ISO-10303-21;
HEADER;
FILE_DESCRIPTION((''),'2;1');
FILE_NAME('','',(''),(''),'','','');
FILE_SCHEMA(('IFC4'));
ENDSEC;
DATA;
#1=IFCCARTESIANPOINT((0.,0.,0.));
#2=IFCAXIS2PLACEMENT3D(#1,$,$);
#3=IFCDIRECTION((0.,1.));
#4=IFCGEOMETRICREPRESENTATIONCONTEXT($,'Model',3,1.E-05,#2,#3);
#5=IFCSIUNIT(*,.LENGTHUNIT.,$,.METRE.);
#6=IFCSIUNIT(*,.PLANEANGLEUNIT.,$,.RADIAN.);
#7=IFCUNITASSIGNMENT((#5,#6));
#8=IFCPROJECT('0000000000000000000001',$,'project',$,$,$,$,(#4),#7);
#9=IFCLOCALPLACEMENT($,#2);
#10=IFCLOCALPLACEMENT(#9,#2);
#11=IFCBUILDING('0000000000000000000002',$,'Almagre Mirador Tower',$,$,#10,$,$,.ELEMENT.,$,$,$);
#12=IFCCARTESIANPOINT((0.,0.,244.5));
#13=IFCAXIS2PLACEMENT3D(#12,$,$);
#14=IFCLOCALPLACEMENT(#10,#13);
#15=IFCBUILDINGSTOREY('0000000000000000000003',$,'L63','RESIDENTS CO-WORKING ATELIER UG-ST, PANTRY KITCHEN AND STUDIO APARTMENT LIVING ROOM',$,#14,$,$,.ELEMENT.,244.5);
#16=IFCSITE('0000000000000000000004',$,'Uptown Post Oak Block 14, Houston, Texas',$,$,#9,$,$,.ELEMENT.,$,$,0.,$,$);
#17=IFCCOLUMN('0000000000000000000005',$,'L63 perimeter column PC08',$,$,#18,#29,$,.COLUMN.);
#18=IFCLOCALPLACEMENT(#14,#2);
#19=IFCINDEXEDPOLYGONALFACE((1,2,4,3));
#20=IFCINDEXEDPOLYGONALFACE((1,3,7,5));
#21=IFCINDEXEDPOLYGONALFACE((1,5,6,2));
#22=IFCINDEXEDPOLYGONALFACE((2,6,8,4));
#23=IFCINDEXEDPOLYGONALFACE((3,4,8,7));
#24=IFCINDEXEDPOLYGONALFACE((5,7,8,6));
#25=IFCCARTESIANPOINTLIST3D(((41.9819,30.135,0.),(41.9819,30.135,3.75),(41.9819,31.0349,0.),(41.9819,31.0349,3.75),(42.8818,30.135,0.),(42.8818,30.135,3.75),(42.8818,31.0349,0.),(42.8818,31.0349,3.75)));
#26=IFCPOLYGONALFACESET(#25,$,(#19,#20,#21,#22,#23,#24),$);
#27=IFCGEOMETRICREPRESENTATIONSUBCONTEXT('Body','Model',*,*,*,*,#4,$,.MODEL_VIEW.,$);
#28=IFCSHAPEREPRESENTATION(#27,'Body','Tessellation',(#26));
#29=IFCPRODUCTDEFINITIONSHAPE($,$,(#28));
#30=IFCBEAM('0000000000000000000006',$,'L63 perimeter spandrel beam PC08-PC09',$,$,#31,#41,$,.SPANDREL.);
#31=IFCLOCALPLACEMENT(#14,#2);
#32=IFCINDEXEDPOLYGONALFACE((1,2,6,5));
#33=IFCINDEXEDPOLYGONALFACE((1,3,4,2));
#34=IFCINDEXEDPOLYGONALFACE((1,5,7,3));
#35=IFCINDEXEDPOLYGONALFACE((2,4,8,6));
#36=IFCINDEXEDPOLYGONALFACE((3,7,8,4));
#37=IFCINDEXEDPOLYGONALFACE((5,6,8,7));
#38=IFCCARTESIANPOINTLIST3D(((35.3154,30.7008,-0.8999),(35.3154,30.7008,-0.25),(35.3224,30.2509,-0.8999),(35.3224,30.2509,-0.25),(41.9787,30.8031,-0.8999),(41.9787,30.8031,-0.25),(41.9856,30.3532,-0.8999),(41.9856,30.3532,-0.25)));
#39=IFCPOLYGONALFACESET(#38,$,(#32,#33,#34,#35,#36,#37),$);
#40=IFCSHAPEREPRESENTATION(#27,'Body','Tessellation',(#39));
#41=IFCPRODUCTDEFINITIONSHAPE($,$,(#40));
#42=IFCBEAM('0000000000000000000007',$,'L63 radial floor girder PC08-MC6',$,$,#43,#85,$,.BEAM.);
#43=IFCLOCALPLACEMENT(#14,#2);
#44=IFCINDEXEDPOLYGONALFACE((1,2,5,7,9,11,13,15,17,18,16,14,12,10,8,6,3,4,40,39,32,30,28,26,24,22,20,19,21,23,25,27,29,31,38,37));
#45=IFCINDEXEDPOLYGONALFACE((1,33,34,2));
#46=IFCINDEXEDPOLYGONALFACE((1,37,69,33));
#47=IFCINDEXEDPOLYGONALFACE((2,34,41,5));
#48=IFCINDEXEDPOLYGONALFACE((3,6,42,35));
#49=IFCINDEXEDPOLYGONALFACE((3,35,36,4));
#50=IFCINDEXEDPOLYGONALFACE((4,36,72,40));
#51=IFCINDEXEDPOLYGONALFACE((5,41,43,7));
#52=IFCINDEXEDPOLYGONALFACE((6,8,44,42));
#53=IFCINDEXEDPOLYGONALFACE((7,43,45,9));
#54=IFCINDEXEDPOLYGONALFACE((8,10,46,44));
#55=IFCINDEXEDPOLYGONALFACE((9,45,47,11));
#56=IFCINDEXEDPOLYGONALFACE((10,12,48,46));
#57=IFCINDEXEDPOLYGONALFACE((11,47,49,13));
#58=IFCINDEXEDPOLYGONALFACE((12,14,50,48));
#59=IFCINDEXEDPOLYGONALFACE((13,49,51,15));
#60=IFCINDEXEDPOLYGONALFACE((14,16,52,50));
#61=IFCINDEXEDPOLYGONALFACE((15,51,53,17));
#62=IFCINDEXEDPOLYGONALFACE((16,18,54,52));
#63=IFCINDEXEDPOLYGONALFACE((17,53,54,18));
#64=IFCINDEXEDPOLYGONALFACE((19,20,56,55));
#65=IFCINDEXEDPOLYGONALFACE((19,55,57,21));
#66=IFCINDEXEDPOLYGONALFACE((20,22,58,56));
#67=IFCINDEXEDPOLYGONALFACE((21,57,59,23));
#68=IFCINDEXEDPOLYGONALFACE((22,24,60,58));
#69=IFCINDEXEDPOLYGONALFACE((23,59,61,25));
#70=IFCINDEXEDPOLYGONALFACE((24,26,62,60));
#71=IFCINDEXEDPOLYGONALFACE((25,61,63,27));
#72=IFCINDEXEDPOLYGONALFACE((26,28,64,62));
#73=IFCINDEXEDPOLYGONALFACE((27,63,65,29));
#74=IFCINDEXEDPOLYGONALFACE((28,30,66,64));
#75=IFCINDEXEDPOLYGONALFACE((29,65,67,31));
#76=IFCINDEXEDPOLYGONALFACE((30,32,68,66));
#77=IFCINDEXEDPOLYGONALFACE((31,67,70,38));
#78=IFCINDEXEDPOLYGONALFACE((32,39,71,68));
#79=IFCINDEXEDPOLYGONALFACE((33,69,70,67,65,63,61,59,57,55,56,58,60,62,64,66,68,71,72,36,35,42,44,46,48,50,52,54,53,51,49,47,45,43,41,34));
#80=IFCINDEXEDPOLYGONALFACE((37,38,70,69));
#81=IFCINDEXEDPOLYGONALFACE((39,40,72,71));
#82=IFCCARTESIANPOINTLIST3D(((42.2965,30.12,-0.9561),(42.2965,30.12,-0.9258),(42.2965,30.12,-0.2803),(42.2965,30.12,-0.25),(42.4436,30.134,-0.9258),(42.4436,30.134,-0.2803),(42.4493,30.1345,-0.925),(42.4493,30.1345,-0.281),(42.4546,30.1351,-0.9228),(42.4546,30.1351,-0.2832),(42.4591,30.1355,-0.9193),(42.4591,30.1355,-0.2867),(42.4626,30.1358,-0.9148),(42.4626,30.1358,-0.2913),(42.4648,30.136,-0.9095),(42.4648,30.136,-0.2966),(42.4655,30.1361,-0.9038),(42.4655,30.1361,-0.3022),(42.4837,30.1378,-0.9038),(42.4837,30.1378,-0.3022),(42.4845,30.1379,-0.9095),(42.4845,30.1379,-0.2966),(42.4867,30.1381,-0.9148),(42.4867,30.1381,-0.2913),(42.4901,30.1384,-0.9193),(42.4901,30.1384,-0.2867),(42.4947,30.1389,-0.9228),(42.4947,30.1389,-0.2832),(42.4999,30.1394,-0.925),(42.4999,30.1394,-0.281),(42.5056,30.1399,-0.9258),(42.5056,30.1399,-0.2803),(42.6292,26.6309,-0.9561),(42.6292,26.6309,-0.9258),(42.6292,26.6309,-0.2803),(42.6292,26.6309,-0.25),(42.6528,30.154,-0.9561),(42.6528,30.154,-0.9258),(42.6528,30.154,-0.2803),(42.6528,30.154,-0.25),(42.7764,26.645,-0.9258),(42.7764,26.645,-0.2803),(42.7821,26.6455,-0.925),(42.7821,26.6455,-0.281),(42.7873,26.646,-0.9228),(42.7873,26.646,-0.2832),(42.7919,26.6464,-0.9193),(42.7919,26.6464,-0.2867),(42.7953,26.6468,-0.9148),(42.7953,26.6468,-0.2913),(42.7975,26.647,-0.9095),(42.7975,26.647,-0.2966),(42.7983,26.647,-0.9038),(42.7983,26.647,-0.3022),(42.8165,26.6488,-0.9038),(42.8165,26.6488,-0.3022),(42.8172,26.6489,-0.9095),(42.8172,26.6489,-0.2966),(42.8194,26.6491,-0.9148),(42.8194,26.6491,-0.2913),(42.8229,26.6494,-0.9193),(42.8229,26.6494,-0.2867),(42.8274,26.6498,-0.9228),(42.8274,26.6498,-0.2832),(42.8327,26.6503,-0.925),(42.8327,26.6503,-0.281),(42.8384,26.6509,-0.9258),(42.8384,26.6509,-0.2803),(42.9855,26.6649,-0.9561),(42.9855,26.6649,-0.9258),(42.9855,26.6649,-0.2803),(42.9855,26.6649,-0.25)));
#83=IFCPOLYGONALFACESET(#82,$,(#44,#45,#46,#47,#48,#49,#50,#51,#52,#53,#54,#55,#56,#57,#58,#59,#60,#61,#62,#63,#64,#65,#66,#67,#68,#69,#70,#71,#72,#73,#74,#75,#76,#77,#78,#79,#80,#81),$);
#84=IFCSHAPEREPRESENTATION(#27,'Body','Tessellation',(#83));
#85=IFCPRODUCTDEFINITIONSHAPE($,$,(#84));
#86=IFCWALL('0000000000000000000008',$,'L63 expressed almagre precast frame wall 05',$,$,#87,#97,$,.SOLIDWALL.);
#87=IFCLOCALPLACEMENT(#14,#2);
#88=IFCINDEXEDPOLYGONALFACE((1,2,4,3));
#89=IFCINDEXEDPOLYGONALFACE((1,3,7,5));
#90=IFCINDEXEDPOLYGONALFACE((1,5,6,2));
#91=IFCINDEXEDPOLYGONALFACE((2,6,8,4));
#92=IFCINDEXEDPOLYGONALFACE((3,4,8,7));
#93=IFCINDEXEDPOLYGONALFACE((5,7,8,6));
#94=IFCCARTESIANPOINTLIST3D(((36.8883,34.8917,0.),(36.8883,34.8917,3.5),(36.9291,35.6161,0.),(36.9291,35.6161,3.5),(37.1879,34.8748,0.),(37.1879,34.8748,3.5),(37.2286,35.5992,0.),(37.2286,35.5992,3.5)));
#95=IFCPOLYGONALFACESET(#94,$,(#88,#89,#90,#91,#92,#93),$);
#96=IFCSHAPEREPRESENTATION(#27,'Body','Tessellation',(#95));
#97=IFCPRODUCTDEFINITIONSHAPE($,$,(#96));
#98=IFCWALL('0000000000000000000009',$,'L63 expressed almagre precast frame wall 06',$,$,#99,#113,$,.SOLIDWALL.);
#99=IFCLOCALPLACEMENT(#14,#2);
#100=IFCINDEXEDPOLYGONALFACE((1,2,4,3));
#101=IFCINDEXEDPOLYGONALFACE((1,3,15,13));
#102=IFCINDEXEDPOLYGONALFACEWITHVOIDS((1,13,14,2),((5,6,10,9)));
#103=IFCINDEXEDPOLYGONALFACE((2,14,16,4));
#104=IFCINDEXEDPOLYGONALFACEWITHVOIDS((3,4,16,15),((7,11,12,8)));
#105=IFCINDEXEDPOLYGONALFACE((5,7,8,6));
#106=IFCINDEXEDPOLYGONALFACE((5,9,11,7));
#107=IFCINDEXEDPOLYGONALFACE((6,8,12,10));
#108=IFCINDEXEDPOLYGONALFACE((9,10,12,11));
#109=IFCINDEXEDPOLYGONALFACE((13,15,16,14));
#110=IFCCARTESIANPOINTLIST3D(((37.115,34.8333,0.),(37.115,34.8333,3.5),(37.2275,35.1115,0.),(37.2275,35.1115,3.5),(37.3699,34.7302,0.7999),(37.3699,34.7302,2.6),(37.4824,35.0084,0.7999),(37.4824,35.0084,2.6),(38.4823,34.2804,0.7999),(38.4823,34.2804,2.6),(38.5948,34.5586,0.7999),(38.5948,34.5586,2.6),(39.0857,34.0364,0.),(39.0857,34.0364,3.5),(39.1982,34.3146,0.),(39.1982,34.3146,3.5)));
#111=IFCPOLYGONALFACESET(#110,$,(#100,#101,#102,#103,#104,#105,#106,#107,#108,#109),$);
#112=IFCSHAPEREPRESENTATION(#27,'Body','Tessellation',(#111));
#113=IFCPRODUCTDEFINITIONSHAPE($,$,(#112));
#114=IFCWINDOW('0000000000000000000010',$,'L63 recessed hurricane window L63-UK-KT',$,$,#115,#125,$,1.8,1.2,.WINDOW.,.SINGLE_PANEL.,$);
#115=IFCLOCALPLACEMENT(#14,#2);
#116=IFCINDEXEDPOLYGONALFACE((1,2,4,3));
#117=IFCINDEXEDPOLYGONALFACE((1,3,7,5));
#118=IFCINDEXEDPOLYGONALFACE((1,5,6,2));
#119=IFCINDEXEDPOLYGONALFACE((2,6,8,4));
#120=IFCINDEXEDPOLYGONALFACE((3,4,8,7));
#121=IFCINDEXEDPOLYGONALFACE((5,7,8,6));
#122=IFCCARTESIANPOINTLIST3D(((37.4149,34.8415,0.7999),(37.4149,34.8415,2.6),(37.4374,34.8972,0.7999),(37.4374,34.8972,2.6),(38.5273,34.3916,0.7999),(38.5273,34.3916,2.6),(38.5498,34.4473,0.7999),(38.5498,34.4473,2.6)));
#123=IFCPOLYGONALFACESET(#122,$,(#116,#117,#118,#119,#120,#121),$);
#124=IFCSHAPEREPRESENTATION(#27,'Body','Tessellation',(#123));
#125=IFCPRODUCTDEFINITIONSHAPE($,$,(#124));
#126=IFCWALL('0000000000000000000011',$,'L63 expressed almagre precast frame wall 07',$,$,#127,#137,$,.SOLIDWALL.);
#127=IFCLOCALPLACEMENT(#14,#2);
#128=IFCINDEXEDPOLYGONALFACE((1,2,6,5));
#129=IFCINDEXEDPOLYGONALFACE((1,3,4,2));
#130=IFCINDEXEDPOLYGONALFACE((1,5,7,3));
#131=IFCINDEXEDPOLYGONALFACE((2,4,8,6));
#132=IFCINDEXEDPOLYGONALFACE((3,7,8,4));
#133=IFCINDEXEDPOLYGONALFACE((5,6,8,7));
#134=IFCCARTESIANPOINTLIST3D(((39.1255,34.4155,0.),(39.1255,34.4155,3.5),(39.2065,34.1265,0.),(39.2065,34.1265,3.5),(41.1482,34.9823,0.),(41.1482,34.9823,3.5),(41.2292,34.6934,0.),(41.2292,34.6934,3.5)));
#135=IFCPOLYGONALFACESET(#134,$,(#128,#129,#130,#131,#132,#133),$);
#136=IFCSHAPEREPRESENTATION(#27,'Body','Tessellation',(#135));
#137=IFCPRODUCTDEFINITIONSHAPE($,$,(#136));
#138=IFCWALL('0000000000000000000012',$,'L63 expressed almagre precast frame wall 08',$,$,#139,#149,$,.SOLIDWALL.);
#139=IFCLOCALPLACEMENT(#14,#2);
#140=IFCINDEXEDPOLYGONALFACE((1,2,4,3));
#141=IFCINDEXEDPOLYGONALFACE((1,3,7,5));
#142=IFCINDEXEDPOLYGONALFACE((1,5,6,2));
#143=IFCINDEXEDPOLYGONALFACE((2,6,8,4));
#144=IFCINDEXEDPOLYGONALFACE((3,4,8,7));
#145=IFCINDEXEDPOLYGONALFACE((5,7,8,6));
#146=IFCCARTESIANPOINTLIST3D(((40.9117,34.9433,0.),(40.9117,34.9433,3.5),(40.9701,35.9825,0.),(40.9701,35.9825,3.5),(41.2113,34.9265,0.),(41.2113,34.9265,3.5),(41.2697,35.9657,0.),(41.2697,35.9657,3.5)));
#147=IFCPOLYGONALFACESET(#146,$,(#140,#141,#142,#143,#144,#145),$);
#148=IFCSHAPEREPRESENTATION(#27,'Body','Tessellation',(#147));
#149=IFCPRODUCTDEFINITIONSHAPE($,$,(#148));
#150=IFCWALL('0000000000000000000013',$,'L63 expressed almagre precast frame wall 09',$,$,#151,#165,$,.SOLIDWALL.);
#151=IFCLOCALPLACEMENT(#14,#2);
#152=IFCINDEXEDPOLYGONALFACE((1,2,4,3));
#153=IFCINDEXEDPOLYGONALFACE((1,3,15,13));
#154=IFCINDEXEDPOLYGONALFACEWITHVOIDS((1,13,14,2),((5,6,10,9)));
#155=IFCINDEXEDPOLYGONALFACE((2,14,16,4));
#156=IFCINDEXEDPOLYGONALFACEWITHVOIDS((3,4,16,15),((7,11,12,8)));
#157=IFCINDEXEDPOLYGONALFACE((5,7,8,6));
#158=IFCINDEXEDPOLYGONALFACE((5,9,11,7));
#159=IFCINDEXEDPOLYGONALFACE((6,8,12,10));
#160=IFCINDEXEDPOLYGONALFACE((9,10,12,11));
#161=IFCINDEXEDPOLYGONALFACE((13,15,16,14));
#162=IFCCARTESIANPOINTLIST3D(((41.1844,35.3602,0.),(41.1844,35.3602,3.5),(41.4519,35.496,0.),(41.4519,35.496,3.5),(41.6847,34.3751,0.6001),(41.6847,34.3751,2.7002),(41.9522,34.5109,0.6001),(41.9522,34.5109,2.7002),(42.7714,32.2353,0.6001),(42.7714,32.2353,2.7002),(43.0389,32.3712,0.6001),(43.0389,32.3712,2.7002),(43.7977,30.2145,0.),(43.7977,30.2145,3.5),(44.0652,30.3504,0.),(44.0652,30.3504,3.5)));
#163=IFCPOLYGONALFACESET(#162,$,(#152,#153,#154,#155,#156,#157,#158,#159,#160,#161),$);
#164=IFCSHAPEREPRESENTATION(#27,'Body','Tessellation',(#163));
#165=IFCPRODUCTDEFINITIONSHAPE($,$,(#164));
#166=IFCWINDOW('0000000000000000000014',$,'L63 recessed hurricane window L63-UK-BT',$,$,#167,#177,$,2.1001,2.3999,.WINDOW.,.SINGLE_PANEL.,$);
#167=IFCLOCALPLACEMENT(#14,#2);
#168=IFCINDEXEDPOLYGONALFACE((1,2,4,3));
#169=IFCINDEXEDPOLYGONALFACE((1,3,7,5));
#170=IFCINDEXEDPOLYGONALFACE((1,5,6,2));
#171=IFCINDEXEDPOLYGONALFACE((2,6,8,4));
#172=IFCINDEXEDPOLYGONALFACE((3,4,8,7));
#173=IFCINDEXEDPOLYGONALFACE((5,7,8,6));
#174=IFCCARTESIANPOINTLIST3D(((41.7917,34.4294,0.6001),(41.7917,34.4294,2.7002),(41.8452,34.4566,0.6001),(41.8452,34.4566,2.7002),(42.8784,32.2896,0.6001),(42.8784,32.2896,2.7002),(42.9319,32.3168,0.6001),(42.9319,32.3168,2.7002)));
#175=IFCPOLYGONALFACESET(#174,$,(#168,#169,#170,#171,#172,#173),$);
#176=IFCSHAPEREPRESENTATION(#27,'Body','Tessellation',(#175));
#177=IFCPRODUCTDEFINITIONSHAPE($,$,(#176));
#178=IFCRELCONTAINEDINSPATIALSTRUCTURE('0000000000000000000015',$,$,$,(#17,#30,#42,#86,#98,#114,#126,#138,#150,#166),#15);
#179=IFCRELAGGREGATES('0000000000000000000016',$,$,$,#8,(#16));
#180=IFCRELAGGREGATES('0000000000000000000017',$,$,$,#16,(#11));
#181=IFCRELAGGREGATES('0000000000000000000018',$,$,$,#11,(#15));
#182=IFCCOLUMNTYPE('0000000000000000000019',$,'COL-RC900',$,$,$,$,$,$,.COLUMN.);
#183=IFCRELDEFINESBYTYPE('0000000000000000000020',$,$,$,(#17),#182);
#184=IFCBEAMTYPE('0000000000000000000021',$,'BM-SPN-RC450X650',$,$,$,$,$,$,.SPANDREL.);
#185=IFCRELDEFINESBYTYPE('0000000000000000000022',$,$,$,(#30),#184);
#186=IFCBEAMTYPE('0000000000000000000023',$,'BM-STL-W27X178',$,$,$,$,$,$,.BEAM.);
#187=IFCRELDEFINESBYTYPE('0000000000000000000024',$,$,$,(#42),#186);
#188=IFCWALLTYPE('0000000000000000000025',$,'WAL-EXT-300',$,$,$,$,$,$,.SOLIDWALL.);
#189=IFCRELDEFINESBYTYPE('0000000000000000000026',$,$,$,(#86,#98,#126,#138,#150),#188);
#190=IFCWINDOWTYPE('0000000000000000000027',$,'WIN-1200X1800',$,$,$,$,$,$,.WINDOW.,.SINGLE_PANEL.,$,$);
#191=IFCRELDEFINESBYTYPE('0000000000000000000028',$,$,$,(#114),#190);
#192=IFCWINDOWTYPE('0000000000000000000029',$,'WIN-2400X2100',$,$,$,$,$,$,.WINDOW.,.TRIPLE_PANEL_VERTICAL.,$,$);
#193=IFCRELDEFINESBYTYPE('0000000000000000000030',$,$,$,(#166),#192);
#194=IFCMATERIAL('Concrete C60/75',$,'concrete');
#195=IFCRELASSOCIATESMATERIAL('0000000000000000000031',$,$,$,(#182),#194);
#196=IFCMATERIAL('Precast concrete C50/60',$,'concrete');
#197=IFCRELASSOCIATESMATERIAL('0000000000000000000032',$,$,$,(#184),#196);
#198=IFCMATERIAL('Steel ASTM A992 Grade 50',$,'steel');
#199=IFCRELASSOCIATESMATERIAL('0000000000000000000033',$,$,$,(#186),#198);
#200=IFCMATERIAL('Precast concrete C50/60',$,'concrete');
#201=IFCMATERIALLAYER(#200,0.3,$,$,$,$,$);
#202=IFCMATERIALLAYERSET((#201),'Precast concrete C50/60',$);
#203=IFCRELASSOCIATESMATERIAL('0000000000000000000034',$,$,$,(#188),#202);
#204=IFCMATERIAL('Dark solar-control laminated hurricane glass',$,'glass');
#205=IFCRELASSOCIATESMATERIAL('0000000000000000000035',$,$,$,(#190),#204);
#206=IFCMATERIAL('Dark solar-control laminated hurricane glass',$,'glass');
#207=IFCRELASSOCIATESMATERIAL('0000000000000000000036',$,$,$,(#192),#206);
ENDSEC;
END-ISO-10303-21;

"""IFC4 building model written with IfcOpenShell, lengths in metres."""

from ifc_helpers import new_model, si_unit, direction, frame, frame_2d, origin, origin_2d, place, context, subcontext, project, spatial, rectangle, i_section, extrude, material, layer, layer_set, material_profile, profile_set, type_object, element, fill, save


model = new_model("IFC4")

# Units and contexts
model_context = context("Model", 3, precision=1e-05, world=origin(), true_north=direction((0.0, 1.0)))
body_context = subcontext(model_context, "Body", "Model", "MODEL_VIEW")
ifc_project = project(units=[si_unit("LENGTHUNIT", "METRE"), si_unit("PLANEANGLEUNIT", "RADIAN")], contexts=[model_context])

# Site, building, storey
site_placement = place(None, origin())
site = spatial("IfcSite", under=ifc_project, at=site_placement, Name="Uptown Post Oak Block 14, Houston, Texas", CompositionType="ELEMENT", RefElevation=0.0)
building_placement = place(site_placement, origin())
building = spatial("IfcBuilding", under=site, at=building_placement, Name="Almagre Mirador Tower", CompositionType="ELEMENT")
storey_placement = place(building_placement, frame((0.0, 0.0, 244.5)))
storey = spatial("IfcBuildingStorey", under=building, at=storey_placement, Name="L63", Description="RESIDENTS CO-WORKING ATELIER UG-ST, PANTRY KITCHEN AND STUDIO APARTMENT LIVING ROOM", CompositionType="ELEMENT", Elevation=244.5)

# Column
ifc_material_1 = material(Name="Concrete C60/75", Category="concrete")
ifc_material_profile_1 = material_profile(ifc_material_1, rectangle(XDim=0.8999, YDim=0.8999, at=origin_2d()), Name="RC900X900")
ifc_profile_set_1 = profile_set([ifc_material_profile_1], Name="Concrete C60/75")
column_type = type_object("IfcColumnType", Name="COL-RC900", PredefinedType="COLUMN", material=ifc_profile_set_1)
column_placement = place(storey_placement, frame((42.4319, 30.585, 0.0), z_axis=(0.0, 0.0, 1.0), x_axis=(1.0, 0.0, 0.0)))
element("IfcColumn", 1, at=column_placement, inside=storey, type_object=column_type, Name="L63 perimeter column PC08", PredefinedType="COLUMN", context=body_context, shape_type="SweptSolid", body=[
    extrude(rectangle(XDim=0.8999, YDim=0.8999, at=origin_2d()), origin(), (0.0, 0.0, 1.0), 3.75),
])

# Beams
ifc_material_2 = material(Name="Precast concrete C50/60", Category="concrete")
ifc_material_profile_2 = material_profile(ifc_material_2, rectangle(XDim=0.45, YDim=0.6499, at=origin_2d()), Name="RC450X650")
ifc_profile_set_2 = profile_set([ifc_material_profile_2], Name="Precast concrete C50/60")
beam_type_1 = type_object("IfcBeamType", Name="BM-SPN-RC450X650", PredefinedType="SPANDREL", material=ifc_profile_set_2)
beam_1_placement = place(storey_placement, frame((41.9822, 30.5781, -0.575), z_axis=(-0.999882, -0.01535, 0.0), x_axis=(0.01535, -0.999882, 0.0)))
element("IfcBeam", 2, at=beam_1_placement, inside=storey, type_object=beam_type_1, Name="L63 perimeter spandrel beam PC08-PC09", PredefinedType="SPANDREL", context=body_context, shape_type="SweptSolid", body=[
    extrude(rectangle(XDim=0.45, YDim=0.6499, at=origin_2d()), origin(), (0.0, 0.0, 1.0), 6.6641),
])
ifc_material_3 = material(Name="Steel ASTM A992 Grade 50", Category="steel")
ifc_material_profile_3 = material_profile(ifc_material_3, i_section(OverallWidth=0.3579, OverallDepth=0.7061, WebThickness=0.0183, FlangeThickness=0.0303, FilletRadius=0.022, at=origin_2d()), Name="W27X178")
ifc_profile_set_3 = profile_set([ifc_material_profile_3], Name="Steel ASTM A992 Grade 50")
beam_type_2 = type_object("IfcBeamType", Name="BM-STL-W27X178", PredefinedType="BEAM", material=ifc_profile_set_3)
beam_2_placement = place(storey_placement, frame((42.4746, 30.137, -0.603), z_axis=(0.094944, -0.995483, 0.0), x_axis=(0.995483, 0.094944, 0.0)))
element("IfcBeam", 3, at=beam_2_placement, inside=storey, type_object=beam_type_2, Name="L63 radial floor girder PC08-MC6", PredefinedType="BEAM", context=body_context, shape_type="SweptSolid", body=[
    extrude(i_section(OverallWidth=0.3579, OverallDepth=0.7061, WebThickness=0.0183, FlangeThickness=0.0303, FilletRadius=0.022, at=origin_2d()), origin(), (0.0, 0.0, 1.0), 3.5049),
])

# Wall
ifc_material_4 = material(Name="Precast concrete C50/60", Category="concrete")
ifc_layer_1 = layer(ifc_material_4, 0.3)
ifc_layer_set_1 = layer_set([ifc_layer_1], Name="Precast concrete C50/60")
wall_type_1 = type_object("IfcWallType", Name="WAL-EXT-300", PredefinedType="SOLIDWALL", material=ifc_layer_set_1)
wall_1_placement = place(storey_placement, frame((37.0789, 35.6077, 0.0), z_axis=(0.0, 0.0, 1.0), x_axis=(-0.056197, -0.99842, 0.0)))
element("IfcWall", 4, at=wall_1_placement, inside=storey, type_object=wall_type_1, Name="L63 expressed almagre precast frame wall 05", PredefinedType="SOLIDWALL", context=body_context, shape_type="SweptSolid", body=[
    extrude(rectangle(XDim=0.7256, YDim=0.3, at=frame_2d((0.3628, 0.0))), origin(), (0.0, 0.0, 1.0), 3.5),
])

# Wall, opening, window
wall_2_placement = place(storey_placement, frame((37.1711, 34.9724, 0.0), z_axis=(0.0, 0.0, 1.0), x_axis=(0.927076, -0.374873, 0.0)))
wall_2 = element("IfcWall", 5, at=wall_2_placement, inside=storey, type_object=wall_type_1, Name="L63 expressed almagre precast frame wall 06", PredefinedType="SOLIDWALL", context=body_context, shape_type="SweptSolid", body=[
    extrude(rectangle(XDim=2.1257, YDim=0.3, at=frame_2d((1.063, 0.0))), origin(), (0.0, 0.0, 1.0), 3.5),
])
opening_1_placement = place(wall_2_placement, frame((0.2749, 0.0, 0.8)))
opening_1 = element("IfcOpeningElement", 6, at=opening_1_placement, cuts=wall_2, PredefinedType="OPENING", context=body_context, shape_type="SweptSolid", body=[
    extrude(rectangle(XDim=1.2, YDim=1.8, at=frame_2d((0.6001, 0.8999))), frame((0.0, 0.1599, 0.0), z_axis=(0.0, -1.0, 0.0), x_axis=(1.0, 0.0, 0.0)), (0.0, 0.0, 1.0), 0.32),
])
ifc_material_5 = material(Name="Dark solar-control laminated hurricane glass", Category="glass")
window_type_1 = type_object("IfcWindowType", Name="WIN-1200X1800", PartitioningType="SINGLE_PANEL", PredefinedType="WINDOW", material=ifc_material_5)
window_1_placement = place(opening_1_placement, origin())
window_1 = element("IfcWindow", 7, at=window_1_placement, inside=storey, type_object=window_type_1, Name="L63 recessed hurricane window L63-UK-KT", OverallHeight=1.8, OverallWidth=1.2, PartitioningType="SINGLE_PANEL", PredefinedType="WINDOW", context=body_context, shape_type="SweptSolid", body=[
    extrude(rectangle(XDim=1.2, YDim=1.8, at=frame_2d((0.6001, 0.8999))), frame((0.0, 0.03, 0.0), z_axis=(0.0, -1.0, 0.0), x_axis=(1.0, 0.0, 0.0)), (0.0, 0.0, 1.0), 0.0601),
])
fill(opening_1, window_1)

# Walls
wall_3_placement = place(storey_placement, frame((39.166, 34.271, 0.0), z_axis=(0.0, 0.0, 1.0), x_axis=(0.962898, 0.269867, 0.0)))
element("IfcWall", 8, at=wall_3_placement, inside=storey, type_object=wall_type_1, Name="L63 expressed almagre precast frame wall 07", PredefinedType="SOLIDWALL", context=body_context, shape_type="SweptSolid", body=[
    extrude(rectangle(XDim=2.1006, YDim=0.3, at=frame_2d((1.0503, 0.0))), origin(), (0.0, 0.0, 1.0), 3.5),
])
wall_4_placement = place(storey_placement, frame((41.0615, 34.9348, 0.0), z_axis=(0.0, 0.0, 1.0), x_axis=(0.056068, 0.998427, 0.0)))
element("IfcWall", 9, at=wall_4_placement, inside=storey, type_object=wall_type_1, Name="L63 expressed almagre precast frame wall 08", PredefinedType="SOLIDWALL", context=body_context, shape_type="SweptSolid", body=[
    extrude(rectangle(XDim=1.0408, YDim=0.3, at=frame_2d((0.5205, 0.0))), origin(), (0.0, 0.0, 1.0), 3.5),
])

# Wall, opening, window
wall_5_placement = place(storey_placement, frame((41.3181, 35.4282, 0.0), z_axis=(0.0, 0.0, 1.0), x_axis=(0.452806, -0.891609, 0.0)))
wall_5 = element("IfcWall", 10, at=wall_5_placement, inside=storey, type_object=wall_type_1, Name="L63 expressed almagre precast frame wall 09", PredefinedType="SOLIDWALL", context=body_context, shape_type="SweptSolid", body=[
    extrude(rectangle(XDim=5.7712, YDim=0.3, at=frame_2d((2.8857, 0.0))), origin(), (0.0, 0.0, 1.0), 3.5),
])
opening_2_placement = place(wall_5_placement, frame((1.105, 0.0, 0.6001)))
opening_2 = element("IfcOpeningElement", 11, at=opening_2_placement, cuts=wall_5, PredefinedType="OPENING", context=body_context, shape_type="SweptSolid", body=[
    extrude(rectangle(XDim=2.3999, YDim=2.1001, at=frame_2d((1.2, 1.05))), frame((0.0, 0.1599, 0.0), z_axis=(0.0, -1.0, 0.0), x_axis=(1.0, 0.0, 0.0)), (0.0, 0.0, 1.0), 0.32),
])
ifc_material_6 = material(Name="Dark solar-control laminated hurricane glass", Category="glass")
window_type_2 = type_object("IfcWindowType", Name="WIN-2400X2100", PartitioningType="TRIPLE_PANEL_VERTICAL", PredefinedType="WINDOW", material=ifc_material_6)
window_2_placement = place(opening_2_placement, origin())
window_2 = element("IfcWindow", 12, at=window_2_placement, inside=storey, type_object=window_type_2, Name="L63 recessed hurricane window L63-UK-BT", OverallHeight=2.1001, OverallWidth=2.3999, PartitioningType="SINGLE_PANEL", PredefinedType="WINDOW", context=body_context, shape_type="SweptSolid", body=[
    extrude(rectangle(XDim=2.3999, YDim=2.1001, at=frame_2d((1.2, 1.05))), frame((0.0, 0.03, 0.0), z_axis=(0.0, -1.0, 0.0), x_axis=(1.0, 0.0, 0.0)), (0.0, 0.0, 1.0), 0.0601),
])
fill(opening_2, window_2)

save(model, "model.ifc")
